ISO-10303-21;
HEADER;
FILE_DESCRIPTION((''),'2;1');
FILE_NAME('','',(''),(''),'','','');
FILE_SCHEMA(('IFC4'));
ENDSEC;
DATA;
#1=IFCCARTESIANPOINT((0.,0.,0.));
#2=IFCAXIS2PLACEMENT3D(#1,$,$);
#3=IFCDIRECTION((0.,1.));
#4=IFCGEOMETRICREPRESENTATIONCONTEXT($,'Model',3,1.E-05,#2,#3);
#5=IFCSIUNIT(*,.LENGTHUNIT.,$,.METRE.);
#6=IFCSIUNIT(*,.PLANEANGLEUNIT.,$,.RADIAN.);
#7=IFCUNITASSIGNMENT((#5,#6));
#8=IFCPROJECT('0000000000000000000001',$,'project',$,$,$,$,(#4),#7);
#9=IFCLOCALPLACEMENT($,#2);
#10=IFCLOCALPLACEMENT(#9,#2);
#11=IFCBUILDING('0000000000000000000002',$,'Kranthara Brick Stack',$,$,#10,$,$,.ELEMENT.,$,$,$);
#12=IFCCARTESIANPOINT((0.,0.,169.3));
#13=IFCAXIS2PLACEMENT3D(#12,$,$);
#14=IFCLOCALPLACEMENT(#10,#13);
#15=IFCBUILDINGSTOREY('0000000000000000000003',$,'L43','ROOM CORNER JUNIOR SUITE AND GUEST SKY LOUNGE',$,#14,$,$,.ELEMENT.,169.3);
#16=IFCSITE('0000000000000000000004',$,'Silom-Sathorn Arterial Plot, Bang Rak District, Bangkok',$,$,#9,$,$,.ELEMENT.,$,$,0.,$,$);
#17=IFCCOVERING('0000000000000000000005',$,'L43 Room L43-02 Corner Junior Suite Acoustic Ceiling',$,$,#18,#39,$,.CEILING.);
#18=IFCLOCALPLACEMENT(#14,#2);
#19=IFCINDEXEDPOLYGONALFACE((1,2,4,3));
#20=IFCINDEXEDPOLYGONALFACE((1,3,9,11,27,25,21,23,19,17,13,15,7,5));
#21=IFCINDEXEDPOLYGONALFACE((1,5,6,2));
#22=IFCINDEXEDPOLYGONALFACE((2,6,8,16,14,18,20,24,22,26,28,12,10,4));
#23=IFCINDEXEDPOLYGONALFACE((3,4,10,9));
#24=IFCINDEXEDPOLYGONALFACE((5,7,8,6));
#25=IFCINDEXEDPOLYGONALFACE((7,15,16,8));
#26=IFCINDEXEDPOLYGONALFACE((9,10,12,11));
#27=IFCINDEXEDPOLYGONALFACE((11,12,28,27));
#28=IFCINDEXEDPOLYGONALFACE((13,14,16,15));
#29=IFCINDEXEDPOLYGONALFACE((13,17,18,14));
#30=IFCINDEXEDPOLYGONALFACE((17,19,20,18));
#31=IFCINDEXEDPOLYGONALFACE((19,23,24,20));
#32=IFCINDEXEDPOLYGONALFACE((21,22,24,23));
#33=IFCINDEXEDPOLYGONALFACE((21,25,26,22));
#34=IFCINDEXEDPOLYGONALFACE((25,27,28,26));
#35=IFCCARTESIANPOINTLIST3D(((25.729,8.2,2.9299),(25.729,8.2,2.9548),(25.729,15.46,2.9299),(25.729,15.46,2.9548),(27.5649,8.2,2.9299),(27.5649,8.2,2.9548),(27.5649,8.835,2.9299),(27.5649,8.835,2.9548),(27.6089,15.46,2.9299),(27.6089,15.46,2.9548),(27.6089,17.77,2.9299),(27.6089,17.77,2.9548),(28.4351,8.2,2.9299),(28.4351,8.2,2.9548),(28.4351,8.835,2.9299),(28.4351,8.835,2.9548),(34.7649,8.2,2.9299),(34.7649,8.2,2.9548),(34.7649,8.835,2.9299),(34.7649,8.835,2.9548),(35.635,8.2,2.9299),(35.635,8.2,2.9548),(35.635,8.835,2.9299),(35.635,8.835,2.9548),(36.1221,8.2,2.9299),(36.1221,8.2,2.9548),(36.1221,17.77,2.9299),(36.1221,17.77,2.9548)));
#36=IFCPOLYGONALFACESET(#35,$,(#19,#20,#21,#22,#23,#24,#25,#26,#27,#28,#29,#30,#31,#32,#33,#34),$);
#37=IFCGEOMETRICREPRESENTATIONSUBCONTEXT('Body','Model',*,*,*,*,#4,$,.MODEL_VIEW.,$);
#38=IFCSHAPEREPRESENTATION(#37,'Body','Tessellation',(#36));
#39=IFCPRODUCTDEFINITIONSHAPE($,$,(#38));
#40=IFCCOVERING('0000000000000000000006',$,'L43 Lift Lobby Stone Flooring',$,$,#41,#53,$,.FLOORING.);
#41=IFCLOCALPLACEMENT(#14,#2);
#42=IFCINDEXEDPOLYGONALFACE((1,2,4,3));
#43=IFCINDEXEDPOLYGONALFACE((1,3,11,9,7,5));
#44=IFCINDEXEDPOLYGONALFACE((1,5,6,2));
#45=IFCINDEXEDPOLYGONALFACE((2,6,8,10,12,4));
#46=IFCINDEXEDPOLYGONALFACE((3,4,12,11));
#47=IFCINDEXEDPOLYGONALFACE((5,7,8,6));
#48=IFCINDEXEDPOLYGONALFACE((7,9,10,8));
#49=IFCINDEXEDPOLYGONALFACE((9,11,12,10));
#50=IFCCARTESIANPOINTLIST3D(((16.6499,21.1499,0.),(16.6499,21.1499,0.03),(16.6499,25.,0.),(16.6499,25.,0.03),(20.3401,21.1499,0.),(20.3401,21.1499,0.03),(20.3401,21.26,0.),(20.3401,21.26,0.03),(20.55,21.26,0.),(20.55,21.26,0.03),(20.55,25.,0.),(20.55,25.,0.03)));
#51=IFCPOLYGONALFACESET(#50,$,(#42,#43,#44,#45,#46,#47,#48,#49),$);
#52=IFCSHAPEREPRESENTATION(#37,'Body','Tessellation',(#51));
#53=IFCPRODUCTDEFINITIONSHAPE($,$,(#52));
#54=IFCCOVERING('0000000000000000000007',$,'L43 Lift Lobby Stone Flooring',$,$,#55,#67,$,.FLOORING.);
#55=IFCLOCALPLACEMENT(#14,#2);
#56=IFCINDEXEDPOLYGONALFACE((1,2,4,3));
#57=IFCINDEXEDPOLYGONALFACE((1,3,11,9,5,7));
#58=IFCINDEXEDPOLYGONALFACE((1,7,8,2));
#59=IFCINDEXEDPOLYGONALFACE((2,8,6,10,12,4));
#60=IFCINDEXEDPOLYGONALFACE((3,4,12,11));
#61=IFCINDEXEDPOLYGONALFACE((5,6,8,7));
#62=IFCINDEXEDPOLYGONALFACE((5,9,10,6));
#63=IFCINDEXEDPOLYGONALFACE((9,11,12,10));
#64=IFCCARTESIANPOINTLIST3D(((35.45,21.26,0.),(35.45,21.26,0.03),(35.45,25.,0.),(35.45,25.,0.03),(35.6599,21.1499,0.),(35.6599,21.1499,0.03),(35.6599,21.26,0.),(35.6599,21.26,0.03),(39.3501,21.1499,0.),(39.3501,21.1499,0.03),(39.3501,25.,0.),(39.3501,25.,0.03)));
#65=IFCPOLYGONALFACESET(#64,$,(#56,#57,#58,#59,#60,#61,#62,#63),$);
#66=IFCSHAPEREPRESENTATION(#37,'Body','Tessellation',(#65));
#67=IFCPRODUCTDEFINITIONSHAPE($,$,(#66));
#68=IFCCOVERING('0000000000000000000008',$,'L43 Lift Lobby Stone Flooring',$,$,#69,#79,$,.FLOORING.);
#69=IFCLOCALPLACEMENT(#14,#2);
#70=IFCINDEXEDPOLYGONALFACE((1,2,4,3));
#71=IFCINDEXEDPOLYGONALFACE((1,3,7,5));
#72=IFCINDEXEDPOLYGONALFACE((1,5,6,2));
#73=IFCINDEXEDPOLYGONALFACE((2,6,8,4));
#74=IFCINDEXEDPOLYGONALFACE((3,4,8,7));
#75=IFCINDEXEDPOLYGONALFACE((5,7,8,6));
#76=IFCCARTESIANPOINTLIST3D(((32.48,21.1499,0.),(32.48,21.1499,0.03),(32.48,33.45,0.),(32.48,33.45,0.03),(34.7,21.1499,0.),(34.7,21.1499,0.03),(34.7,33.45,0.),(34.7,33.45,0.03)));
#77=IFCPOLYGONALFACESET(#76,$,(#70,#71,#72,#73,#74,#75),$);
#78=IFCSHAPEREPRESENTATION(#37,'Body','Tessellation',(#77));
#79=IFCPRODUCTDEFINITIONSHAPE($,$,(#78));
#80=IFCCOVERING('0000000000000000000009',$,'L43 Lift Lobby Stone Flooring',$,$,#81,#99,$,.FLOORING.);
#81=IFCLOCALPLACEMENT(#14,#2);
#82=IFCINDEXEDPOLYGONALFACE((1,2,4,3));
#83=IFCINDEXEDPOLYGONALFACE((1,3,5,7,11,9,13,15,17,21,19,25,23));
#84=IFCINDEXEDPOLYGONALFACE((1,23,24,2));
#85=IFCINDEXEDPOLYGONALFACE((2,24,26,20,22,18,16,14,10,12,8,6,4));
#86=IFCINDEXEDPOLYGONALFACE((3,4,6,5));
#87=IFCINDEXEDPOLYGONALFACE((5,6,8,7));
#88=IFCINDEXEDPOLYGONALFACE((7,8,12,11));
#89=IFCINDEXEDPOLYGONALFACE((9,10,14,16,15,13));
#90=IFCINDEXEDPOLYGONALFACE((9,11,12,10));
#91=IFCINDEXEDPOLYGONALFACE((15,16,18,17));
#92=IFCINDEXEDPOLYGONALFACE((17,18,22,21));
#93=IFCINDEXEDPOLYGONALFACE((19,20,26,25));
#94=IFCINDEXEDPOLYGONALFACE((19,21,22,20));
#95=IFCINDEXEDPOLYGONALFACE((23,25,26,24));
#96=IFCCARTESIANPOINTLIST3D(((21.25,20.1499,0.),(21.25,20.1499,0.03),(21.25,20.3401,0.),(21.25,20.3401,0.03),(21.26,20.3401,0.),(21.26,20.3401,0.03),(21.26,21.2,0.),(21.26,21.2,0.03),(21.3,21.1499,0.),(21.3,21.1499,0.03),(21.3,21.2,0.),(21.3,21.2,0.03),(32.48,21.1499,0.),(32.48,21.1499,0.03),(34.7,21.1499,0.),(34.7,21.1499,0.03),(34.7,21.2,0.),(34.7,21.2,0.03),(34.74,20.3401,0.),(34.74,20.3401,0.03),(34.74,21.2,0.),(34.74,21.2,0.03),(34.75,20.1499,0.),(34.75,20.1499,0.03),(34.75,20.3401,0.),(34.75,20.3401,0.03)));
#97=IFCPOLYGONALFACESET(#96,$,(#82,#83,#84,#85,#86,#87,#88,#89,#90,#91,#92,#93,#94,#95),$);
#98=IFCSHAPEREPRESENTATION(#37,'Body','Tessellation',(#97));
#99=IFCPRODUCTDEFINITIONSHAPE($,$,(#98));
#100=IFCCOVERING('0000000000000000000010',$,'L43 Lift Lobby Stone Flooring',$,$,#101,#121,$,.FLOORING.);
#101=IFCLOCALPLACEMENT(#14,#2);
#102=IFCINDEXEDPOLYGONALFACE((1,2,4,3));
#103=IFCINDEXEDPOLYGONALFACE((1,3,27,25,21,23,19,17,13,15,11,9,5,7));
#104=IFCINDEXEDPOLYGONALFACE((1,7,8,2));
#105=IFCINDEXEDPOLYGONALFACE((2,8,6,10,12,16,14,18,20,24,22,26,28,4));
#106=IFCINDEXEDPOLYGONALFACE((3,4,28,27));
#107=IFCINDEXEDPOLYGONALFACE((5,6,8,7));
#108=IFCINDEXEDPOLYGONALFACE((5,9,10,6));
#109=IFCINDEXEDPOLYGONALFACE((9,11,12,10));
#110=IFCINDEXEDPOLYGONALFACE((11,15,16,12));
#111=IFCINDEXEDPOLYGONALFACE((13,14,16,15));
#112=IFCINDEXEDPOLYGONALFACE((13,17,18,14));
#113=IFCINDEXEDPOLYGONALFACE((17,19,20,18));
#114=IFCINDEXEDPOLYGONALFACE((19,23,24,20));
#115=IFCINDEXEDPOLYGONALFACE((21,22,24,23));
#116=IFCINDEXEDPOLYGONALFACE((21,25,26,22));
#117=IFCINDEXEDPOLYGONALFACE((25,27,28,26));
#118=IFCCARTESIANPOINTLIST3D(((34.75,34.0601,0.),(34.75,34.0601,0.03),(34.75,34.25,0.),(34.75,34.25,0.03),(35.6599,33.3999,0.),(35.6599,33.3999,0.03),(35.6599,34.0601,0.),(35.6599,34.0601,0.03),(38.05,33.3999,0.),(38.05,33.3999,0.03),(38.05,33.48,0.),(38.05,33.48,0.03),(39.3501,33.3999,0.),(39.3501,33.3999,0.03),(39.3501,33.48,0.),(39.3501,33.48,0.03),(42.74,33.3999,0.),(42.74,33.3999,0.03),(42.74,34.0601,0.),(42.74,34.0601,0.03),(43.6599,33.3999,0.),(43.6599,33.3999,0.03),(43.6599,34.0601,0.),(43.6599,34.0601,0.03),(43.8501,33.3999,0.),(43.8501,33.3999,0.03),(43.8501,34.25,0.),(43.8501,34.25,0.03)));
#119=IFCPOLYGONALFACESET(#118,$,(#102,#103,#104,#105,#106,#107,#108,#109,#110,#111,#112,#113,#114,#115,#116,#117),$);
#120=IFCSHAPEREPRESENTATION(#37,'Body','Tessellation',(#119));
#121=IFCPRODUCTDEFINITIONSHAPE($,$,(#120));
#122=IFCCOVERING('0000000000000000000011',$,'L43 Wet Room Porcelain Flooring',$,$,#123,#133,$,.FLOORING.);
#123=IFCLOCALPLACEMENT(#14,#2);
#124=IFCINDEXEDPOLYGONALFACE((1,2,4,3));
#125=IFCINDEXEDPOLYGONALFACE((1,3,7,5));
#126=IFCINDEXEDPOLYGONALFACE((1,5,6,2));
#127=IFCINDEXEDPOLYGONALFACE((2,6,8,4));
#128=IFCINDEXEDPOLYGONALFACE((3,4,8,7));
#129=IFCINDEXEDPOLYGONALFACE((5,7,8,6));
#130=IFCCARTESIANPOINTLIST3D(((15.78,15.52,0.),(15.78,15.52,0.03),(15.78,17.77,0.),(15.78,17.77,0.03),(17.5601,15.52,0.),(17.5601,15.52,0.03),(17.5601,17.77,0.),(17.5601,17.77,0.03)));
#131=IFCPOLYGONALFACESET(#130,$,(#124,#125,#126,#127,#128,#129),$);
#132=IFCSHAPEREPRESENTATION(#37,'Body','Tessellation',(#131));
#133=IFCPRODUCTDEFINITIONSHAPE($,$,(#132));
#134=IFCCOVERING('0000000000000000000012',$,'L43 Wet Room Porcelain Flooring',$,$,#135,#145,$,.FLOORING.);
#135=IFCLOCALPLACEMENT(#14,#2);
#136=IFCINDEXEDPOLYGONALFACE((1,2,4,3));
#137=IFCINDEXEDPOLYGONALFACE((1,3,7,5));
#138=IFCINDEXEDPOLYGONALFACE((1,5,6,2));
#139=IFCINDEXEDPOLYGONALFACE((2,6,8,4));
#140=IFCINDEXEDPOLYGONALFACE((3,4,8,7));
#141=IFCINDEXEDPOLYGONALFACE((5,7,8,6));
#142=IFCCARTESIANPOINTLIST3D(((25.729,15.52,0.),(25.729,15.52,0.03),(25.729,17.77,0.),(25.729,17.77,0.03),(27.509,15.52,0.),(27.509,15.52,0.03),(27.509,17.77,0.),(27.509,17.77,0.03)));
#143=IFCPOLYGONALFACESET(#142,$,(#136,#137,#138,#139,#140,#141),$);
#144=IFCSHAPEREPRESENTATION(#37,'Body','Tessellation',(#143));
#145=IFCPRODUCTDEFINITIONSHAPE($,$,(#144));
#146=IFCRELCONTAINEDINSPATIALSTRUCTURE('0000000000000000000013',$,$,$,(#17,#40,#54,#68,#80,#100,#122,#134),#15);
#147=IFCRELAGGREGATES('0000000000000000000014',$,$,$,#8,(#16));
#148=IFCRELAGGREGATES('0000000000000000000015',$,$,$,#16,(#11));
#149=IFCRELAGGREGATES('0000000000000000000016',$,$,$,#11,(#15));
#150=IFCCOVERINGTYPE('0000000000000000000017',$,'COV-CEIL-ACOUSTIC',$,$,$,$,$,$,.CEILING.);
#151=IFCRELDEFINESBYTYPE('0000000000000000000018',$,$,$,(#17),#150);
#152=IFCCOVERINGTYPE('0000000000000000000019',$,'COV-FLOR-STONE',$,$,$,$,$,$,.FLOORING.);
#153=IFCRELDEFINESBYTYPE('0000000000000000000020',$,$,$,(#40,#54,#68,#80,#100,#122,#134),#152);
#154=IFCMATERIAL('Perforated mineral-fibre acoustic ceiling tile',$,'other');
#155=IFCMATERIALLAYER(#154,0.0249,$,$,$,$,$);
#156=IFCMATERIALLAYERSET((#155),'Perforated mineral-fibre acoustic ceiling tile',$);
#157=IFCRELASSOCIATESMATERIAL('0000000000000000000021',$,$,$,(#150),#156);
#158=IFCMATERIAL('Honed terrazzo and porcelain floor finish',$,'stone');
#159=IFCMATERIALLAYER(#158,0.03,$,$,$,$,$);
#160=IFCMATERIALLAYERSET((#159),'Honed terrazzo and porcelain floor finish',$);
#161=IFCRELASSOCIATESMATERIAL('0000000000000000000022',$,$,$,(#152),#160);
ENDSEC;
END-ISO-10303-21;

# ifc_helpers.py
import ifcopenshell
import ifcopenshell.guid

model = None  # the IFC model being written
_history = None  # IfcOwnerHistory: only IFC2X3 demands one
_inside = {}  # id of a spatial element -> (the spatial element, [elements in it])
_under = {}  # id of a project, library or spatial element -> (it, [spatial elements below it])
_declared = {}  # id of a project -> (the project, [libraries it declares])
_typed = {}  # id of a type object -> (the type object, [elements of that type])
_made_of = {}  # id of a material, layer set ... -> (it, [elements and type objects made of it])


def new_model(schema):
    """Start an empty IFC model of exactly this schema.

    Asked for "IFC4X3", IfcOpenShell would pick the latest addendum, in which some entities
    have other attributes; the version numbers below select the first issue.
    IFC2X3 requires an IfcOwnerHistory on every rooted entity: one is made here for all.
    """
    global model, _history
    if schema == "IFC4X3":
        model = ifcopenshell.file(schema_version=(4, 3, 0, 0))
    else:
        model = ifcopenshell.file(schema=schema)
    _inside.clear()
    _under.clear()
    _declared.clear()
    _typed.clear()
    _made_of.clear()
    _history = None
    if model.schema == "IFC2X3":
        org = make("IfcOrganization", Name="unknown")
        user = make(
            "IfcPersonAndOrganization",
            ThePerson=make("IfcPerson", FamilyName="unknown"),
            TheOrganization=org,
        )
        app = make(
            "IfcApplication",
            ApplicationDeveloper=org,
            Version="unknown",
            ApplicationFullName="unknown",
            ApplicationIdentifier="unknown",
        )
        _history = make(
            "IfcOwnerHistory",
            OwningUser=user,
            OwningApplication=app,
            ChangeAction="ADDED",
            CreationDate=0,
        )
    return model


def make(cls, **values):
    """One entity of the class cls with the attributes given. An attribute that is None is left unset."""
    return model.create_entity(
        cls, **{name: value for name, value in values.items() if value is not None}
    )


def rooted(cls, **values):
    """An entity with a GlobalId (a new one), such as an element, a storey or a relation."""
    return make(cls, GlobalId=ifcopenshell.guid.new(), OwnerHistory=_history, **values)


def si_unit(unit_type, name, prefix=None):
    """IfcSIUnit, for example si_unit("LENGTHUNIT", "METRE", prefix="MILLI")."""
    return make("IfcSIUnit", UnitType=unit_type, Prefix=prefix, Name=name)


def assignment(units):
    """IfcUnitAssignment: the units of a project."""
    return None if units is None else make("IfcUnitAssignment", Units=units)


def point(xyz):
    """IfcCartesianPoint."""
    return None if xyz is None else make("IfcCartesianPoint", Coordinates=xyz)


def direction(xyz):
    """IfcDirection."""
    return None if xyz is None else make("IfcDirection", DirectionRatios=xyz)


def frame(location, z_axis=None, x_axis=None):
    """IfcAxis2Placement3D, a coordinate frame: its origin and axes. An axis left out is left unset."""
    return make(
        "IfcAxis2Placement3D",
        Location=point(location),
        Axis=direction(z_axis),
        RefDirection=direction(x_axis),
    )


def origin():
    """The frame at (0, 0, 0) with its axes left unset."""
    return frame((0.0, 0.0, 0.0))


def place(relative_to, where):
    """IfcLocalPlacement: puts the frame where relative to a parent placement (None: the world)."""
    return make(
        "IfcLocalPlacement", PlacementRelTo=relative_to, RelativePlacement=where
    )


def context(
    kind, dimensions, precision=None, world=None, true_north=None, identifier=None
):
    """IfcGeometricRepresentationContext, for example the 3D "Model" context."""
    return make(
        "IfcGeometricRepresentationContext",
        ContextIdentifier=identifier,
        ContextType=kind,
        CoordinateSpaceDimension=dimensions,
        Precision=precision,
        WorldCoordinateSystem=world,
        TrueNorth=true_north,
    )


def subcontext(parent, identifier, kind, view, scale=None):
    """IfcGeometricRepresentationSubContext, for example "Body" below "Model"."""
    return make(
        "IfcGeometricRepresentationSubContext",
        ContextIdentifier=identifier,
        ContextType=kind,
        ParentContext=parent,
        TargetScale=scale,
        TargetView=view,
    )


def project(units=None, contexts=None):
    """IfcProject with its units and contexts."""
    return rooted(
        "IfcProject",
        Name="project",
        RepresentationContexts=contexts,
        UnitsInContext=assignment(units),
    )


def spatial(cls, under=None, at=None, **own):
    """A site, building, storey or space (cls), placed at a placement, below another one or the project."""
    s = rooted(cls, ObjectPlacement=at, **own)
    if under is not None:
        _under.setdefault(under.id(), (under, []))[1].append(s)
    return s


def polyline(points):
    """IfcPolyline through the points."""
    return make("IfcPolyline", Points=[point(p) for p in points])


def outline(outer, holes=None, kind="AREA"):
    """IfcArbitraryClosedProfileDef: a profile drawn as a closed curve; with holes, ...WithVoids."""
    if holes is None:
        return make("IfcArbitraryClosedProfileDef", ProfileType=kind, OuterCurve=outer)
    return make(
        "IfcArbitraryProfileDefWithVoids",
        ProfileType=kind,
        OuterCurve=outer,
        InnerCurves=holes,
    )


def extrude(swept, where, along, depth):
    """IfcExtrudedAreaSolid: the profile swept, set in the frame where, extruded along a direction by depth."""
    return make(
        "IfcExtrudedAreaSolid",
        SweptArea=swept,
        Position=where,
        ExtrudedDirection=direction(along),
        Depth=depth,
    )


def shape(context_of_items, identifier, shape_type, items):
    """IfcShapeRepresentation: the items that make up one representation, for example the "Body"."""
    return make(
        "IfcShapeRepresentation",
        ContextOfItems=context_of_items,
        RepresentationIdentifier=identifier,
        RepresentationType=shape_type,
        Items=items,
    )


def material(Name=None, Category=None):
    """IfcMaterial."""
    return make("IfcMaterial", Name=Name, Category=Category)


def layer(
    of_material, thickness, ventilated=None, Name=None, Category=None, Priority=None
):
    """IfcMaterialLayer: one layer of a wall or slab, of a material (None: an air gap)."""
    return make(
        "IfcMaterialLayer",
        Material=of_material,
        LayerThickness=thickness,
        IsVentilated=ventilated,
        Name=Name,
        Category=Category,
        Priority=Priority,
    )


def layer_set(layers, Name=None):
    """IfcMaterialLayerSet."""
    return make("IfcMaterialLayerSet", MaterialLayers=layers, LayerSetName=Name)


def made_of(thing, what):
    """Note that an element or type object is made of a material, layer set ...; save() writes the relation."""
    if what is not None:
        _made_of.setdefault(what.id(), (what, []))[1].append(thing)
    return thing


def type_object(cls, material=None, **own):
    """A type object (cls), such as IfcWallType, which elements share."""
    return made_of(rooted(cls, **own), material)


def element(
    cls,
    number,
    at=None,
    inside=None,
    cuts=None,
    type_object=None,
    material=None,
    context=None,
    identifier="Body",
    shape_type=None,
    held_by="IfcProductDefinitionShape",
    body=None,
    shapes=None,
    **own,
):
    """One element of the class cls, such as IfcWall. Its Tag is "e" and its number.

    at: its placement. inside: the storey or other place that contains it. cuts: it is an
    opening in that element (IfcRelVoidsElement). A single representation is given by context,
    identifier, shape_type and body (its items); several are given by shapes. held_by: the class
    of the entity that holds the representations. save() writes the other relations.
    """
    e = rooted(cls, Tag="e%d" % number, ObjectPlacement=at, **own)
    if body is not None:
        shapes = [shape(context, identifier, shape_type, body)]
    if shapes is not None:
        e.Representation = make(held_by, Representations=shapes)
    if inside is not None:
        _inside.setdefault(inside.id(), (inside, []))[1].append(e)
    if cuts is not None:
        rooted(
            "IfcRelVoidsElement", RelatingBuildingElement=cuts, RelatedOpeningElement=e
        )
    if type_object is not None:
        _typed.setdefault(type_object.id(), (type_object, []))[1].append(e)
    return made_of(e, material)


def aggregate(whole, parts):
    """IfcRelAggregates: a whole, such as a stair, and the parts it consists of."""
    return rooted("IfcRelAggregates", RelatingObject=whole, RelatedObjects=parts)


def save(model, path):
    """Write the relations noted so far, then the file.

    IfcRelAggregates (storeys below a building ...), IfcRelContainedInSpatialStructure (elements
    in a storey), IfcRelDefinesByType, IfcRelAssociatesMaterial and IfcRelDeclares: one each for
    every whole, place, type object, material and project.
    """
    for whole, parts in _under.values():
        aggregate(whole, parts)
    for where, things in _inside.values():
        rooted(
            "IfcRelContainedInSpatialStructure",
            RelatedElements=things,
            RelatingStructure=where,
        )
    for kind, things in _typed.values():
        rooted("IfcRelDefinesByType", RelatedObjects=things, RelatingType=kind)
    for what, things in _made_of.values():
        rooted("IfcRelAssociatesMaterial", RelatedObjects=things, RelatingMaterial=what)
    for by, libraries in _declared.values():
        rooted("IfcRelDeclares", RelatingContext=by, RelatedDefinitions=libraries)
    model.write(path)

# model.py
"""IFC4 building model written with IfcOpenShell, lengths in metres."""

from ifc_helpers import new_model, si_unit, direction, frame, origin, place, context, subcontext, project, spatial, polyline, outline, extrude, material, layer, layer_set, type_object, element, save


model = new_model("IFC4")

# Units and contexts
model_context = context("Model", 3, precision=1e-05, world=origin(), true_north=direction((0.0, 1.0)))
body_context = subcontext(model_context, "Body", "Model", "MODEL_VIEW")
ifc_project = project(units=[si_unit("LENGTHUNIT", "METRE"), si_unit("PLANEANGLEUNIT", "RADIAN")], contexts=[model_context])

# Site, building, storey
site_placement = place(None, origin())
site = spatial("IfcSite", under=ifc_project, at=site_placement, Name="Silom-Sathorn Arterial Plot, Bang Rak District, Bangkok", CompositionType="ELEMENT", RefElevation=0.0)
building_placement = place(site_placement, origin())
building = spatial("IfcBuilding", under=site, at=building_placement, Name="Kranthara Brick Stack", CompositionType="ELEMENT")
storey_placement = place(building_placement, frame((0.0, 0.0, 169.3)))
storey = spatial("IfcBuildingStorey", under=building, at=storey_placement, Name="L43", Description="ROOM CORNER JUNIOR SUITE AND GUEST SKY LOUNGE", CompositionType="ELEMENT", Elevation=169.3)

# Coverings
ifc_material_1 = material(Name="Perforated mineral-fibre acoustic ceiling tile", Category="other")
ifc_layer_1 = layer(ifc_material_1, 0.0249)
ifc_layer_set_1 = layer_set([ifc_layer_1], Name="Perforated mineral-fibre acoustic ceiling tile")
covering_type_1 = type_object("IfcCoveringType", Name="COV-CEIL-ACOUSTIC", PredefinedType="CEILING", material=ifc_layer_set_1)
covering_1_placement = place(storey_placement, frame((0.0, 0.0, 2.9299)))
element("IfcCovering", 1, at=covering_1_placement, inside=storey, type_object=covering_type_1, Name="L43 Room L43-02 Corner Junior Suite Acoustic Ceiling", PredefinedType="CEILING", context=body_context, shape_type="SweptSolid", body=[
    extrude(outline(polyline([(25.729, 15.46), (27.6089, 15.46), (27.6089, 17.77), (36.1221, 17.77), (36.1221, 8.2), (35.635, 8.2), (35.635, 8.835), (34.7649, 8.835), (34.7649, 8.2), (28.4351, 8.2), (28.4351, 8.835), (27.5649, 8.835), (27.5649, 8.2), (25.729, 8.2), (25.729, 15.46)])), origin(), (0.0, 0.0, 1.0), 0.0249),
])
ifc_material_2 = material(Name="Honed terrazzo and porcelain floor finish", Category="stone")
ifc_layer_2 = layer(ifc_material_2, 0.03)
ifc_layer_set_2 = layer_set([ifc_layer_2], Name="Honed terrazzo and porcelain floor finish")
covering_type_2 = type_object("IfcCoveringType", Name="COV-FLOR-STONE", PredefinedType="FLOORING", material=ifc_layer_set_2)
covering_2_placement = place(storey_placement, origin())
element("IfcCovering", 2, at=covering_2_placement, inside=storey, type_object=covering_type_2, Name="L43 Lift Lobby Stone Flooring", PredefinedType="FLOORING", context=body_context, shape_type="SweptSolid", body=[
    extrude(outline(polyline([(16.6499, 21.1499), (16.6499, 25.0), (20.55, 25.0), (20.55, 21.26), (20.3401, 21.26), (20.3401, 21.1499), (16.6499, 21.1499)])), origin(), (0.0, 0.0, 1.0), 0.03),
])
covering_3_placement = place(storey_placement, origin())
element("IfcCovering", 3, at=covering_3_placement, inside=storey, type_object=covering_type_2, Name="L43 Lift Lobby Stone Flooring", PredefinedType="FLOORING", context=body_context, shape_type="SweptSolid", body=[
    extrude(outline(polyline([(35.45, 25.0), (39.3501, 25.0), (39.3501, 21.1499), (35.6599, 21.1499), (35.6599, 21.26), (35.45, 21.26), (35.45, 25.0)])), origin(), (0.0, 0.0, 1.0), 0.03),
])
covering_4_placement = place(storey_placement, origin())
element("IfcCovering", 4, at=covering_4_placement, inside=storey, type_object=covering_type_2, Name="L43 Lift Lobby Stone Flooring", PredefinedType="FLOORING", context=body_context, shape_type="SweptSolid", body=[
    extrude(outline(polyline([(34.7, 21.1499), (34.7, 33.45), (32.48, 33.45), (32.48, 21.1499), (34.7, 21.1499)])), origin(), (0.0, 0.0, 1.0), 0.03),
])
covering_5_placement = place(storey_placement, origin())
element("IfcCovering", 5, at=covering_5_placement, inside=storey, type_object=covering_type_2, Name="L43 Lift Lobby Stone Flooring", PredefinedType="FLOORING", context=body_context, shape_type="SweptSolid", body=[
    extrude(outline(polyline([(21.25, 20.3401), (21.26, 20.3401), (21.26, 21.2), (21.3, 21.2), (21.3, 21.1499), (32.48, 21.1499), (34.7, 21.1499), (34.7, 21.2), (34.74, 21.2), (34.74, 20.3401), (34.75, 20.3401), (34.75, 20.1499), (21.25, 20.1499), (21.25, 20.3401)])), origin(), (0.0, 0.0, 1.0), 0.03),
])
covering_6_placement = place(storey_placement, origin())
element("IfcCovering", 6, at=covering_6_placement, inside=storey, type_object=covering_type_2, Name="L43 Lift Lobby Stone Flooring", PredefinedType="FLOORING", context=body_context, shape_type="SweptSolid", body=[
    extrude(outline(polyline([(43.6599, 33.3999), (43.6599, 34.0601), (42.74, 34.0601), (42.74, 33.3999), (39.3501, 33.3999), (39.3501, 33.48), (38.05, 33.48), (38.05, 33.3999), (35.6599, 33.3999), (35.6599, 34.0601), (34.75, 34.0601), (34.75, 34.25), (43.8501, 34.25), (43.8501, 33.3999), (43.6599, 33.3999)])), origin(), (0.0, 0.0, 1.0), 0.03),
])
covering_7_placement = place(storey_placement, origin())
element("IfcCovering", 7, at=covering_7_placement, inside=storey, type_object=covering_type_2, Name="L43 Wet Room Porcelain Flooring", PredefinedType="FLOORING", context=body_context, shape_type="SweptSolid", body=[
    extrude(outline(polyline([(15.78, 15.52), (15.78, 17.77), (17.5601, 17.77), (17.5601, 15.52), (15.78, 15.52)])), origin(), (0.0, 0.0, 1.0), 0.03),
])
covering_8_placement = place(storey_placement, origin())
element("IfcCovering", 8, at=covering_8_placement, inside=storey, type_object=covering_type_2, Name="L43 Wet Room Porcelain Flooring", PredefinedType="FLOORING", context=body_context, shape_type="SweptSolid", body=[
    extrude(outline(polyline([(25.729, 15.52), (25.729, 17.77), (27.509, 17.77), (27.509, 15.52), (25.729, 15.52)])), origin(), (0.0, 0.0, 1.0), 0.03),
])

save(model, "model.ifc")
